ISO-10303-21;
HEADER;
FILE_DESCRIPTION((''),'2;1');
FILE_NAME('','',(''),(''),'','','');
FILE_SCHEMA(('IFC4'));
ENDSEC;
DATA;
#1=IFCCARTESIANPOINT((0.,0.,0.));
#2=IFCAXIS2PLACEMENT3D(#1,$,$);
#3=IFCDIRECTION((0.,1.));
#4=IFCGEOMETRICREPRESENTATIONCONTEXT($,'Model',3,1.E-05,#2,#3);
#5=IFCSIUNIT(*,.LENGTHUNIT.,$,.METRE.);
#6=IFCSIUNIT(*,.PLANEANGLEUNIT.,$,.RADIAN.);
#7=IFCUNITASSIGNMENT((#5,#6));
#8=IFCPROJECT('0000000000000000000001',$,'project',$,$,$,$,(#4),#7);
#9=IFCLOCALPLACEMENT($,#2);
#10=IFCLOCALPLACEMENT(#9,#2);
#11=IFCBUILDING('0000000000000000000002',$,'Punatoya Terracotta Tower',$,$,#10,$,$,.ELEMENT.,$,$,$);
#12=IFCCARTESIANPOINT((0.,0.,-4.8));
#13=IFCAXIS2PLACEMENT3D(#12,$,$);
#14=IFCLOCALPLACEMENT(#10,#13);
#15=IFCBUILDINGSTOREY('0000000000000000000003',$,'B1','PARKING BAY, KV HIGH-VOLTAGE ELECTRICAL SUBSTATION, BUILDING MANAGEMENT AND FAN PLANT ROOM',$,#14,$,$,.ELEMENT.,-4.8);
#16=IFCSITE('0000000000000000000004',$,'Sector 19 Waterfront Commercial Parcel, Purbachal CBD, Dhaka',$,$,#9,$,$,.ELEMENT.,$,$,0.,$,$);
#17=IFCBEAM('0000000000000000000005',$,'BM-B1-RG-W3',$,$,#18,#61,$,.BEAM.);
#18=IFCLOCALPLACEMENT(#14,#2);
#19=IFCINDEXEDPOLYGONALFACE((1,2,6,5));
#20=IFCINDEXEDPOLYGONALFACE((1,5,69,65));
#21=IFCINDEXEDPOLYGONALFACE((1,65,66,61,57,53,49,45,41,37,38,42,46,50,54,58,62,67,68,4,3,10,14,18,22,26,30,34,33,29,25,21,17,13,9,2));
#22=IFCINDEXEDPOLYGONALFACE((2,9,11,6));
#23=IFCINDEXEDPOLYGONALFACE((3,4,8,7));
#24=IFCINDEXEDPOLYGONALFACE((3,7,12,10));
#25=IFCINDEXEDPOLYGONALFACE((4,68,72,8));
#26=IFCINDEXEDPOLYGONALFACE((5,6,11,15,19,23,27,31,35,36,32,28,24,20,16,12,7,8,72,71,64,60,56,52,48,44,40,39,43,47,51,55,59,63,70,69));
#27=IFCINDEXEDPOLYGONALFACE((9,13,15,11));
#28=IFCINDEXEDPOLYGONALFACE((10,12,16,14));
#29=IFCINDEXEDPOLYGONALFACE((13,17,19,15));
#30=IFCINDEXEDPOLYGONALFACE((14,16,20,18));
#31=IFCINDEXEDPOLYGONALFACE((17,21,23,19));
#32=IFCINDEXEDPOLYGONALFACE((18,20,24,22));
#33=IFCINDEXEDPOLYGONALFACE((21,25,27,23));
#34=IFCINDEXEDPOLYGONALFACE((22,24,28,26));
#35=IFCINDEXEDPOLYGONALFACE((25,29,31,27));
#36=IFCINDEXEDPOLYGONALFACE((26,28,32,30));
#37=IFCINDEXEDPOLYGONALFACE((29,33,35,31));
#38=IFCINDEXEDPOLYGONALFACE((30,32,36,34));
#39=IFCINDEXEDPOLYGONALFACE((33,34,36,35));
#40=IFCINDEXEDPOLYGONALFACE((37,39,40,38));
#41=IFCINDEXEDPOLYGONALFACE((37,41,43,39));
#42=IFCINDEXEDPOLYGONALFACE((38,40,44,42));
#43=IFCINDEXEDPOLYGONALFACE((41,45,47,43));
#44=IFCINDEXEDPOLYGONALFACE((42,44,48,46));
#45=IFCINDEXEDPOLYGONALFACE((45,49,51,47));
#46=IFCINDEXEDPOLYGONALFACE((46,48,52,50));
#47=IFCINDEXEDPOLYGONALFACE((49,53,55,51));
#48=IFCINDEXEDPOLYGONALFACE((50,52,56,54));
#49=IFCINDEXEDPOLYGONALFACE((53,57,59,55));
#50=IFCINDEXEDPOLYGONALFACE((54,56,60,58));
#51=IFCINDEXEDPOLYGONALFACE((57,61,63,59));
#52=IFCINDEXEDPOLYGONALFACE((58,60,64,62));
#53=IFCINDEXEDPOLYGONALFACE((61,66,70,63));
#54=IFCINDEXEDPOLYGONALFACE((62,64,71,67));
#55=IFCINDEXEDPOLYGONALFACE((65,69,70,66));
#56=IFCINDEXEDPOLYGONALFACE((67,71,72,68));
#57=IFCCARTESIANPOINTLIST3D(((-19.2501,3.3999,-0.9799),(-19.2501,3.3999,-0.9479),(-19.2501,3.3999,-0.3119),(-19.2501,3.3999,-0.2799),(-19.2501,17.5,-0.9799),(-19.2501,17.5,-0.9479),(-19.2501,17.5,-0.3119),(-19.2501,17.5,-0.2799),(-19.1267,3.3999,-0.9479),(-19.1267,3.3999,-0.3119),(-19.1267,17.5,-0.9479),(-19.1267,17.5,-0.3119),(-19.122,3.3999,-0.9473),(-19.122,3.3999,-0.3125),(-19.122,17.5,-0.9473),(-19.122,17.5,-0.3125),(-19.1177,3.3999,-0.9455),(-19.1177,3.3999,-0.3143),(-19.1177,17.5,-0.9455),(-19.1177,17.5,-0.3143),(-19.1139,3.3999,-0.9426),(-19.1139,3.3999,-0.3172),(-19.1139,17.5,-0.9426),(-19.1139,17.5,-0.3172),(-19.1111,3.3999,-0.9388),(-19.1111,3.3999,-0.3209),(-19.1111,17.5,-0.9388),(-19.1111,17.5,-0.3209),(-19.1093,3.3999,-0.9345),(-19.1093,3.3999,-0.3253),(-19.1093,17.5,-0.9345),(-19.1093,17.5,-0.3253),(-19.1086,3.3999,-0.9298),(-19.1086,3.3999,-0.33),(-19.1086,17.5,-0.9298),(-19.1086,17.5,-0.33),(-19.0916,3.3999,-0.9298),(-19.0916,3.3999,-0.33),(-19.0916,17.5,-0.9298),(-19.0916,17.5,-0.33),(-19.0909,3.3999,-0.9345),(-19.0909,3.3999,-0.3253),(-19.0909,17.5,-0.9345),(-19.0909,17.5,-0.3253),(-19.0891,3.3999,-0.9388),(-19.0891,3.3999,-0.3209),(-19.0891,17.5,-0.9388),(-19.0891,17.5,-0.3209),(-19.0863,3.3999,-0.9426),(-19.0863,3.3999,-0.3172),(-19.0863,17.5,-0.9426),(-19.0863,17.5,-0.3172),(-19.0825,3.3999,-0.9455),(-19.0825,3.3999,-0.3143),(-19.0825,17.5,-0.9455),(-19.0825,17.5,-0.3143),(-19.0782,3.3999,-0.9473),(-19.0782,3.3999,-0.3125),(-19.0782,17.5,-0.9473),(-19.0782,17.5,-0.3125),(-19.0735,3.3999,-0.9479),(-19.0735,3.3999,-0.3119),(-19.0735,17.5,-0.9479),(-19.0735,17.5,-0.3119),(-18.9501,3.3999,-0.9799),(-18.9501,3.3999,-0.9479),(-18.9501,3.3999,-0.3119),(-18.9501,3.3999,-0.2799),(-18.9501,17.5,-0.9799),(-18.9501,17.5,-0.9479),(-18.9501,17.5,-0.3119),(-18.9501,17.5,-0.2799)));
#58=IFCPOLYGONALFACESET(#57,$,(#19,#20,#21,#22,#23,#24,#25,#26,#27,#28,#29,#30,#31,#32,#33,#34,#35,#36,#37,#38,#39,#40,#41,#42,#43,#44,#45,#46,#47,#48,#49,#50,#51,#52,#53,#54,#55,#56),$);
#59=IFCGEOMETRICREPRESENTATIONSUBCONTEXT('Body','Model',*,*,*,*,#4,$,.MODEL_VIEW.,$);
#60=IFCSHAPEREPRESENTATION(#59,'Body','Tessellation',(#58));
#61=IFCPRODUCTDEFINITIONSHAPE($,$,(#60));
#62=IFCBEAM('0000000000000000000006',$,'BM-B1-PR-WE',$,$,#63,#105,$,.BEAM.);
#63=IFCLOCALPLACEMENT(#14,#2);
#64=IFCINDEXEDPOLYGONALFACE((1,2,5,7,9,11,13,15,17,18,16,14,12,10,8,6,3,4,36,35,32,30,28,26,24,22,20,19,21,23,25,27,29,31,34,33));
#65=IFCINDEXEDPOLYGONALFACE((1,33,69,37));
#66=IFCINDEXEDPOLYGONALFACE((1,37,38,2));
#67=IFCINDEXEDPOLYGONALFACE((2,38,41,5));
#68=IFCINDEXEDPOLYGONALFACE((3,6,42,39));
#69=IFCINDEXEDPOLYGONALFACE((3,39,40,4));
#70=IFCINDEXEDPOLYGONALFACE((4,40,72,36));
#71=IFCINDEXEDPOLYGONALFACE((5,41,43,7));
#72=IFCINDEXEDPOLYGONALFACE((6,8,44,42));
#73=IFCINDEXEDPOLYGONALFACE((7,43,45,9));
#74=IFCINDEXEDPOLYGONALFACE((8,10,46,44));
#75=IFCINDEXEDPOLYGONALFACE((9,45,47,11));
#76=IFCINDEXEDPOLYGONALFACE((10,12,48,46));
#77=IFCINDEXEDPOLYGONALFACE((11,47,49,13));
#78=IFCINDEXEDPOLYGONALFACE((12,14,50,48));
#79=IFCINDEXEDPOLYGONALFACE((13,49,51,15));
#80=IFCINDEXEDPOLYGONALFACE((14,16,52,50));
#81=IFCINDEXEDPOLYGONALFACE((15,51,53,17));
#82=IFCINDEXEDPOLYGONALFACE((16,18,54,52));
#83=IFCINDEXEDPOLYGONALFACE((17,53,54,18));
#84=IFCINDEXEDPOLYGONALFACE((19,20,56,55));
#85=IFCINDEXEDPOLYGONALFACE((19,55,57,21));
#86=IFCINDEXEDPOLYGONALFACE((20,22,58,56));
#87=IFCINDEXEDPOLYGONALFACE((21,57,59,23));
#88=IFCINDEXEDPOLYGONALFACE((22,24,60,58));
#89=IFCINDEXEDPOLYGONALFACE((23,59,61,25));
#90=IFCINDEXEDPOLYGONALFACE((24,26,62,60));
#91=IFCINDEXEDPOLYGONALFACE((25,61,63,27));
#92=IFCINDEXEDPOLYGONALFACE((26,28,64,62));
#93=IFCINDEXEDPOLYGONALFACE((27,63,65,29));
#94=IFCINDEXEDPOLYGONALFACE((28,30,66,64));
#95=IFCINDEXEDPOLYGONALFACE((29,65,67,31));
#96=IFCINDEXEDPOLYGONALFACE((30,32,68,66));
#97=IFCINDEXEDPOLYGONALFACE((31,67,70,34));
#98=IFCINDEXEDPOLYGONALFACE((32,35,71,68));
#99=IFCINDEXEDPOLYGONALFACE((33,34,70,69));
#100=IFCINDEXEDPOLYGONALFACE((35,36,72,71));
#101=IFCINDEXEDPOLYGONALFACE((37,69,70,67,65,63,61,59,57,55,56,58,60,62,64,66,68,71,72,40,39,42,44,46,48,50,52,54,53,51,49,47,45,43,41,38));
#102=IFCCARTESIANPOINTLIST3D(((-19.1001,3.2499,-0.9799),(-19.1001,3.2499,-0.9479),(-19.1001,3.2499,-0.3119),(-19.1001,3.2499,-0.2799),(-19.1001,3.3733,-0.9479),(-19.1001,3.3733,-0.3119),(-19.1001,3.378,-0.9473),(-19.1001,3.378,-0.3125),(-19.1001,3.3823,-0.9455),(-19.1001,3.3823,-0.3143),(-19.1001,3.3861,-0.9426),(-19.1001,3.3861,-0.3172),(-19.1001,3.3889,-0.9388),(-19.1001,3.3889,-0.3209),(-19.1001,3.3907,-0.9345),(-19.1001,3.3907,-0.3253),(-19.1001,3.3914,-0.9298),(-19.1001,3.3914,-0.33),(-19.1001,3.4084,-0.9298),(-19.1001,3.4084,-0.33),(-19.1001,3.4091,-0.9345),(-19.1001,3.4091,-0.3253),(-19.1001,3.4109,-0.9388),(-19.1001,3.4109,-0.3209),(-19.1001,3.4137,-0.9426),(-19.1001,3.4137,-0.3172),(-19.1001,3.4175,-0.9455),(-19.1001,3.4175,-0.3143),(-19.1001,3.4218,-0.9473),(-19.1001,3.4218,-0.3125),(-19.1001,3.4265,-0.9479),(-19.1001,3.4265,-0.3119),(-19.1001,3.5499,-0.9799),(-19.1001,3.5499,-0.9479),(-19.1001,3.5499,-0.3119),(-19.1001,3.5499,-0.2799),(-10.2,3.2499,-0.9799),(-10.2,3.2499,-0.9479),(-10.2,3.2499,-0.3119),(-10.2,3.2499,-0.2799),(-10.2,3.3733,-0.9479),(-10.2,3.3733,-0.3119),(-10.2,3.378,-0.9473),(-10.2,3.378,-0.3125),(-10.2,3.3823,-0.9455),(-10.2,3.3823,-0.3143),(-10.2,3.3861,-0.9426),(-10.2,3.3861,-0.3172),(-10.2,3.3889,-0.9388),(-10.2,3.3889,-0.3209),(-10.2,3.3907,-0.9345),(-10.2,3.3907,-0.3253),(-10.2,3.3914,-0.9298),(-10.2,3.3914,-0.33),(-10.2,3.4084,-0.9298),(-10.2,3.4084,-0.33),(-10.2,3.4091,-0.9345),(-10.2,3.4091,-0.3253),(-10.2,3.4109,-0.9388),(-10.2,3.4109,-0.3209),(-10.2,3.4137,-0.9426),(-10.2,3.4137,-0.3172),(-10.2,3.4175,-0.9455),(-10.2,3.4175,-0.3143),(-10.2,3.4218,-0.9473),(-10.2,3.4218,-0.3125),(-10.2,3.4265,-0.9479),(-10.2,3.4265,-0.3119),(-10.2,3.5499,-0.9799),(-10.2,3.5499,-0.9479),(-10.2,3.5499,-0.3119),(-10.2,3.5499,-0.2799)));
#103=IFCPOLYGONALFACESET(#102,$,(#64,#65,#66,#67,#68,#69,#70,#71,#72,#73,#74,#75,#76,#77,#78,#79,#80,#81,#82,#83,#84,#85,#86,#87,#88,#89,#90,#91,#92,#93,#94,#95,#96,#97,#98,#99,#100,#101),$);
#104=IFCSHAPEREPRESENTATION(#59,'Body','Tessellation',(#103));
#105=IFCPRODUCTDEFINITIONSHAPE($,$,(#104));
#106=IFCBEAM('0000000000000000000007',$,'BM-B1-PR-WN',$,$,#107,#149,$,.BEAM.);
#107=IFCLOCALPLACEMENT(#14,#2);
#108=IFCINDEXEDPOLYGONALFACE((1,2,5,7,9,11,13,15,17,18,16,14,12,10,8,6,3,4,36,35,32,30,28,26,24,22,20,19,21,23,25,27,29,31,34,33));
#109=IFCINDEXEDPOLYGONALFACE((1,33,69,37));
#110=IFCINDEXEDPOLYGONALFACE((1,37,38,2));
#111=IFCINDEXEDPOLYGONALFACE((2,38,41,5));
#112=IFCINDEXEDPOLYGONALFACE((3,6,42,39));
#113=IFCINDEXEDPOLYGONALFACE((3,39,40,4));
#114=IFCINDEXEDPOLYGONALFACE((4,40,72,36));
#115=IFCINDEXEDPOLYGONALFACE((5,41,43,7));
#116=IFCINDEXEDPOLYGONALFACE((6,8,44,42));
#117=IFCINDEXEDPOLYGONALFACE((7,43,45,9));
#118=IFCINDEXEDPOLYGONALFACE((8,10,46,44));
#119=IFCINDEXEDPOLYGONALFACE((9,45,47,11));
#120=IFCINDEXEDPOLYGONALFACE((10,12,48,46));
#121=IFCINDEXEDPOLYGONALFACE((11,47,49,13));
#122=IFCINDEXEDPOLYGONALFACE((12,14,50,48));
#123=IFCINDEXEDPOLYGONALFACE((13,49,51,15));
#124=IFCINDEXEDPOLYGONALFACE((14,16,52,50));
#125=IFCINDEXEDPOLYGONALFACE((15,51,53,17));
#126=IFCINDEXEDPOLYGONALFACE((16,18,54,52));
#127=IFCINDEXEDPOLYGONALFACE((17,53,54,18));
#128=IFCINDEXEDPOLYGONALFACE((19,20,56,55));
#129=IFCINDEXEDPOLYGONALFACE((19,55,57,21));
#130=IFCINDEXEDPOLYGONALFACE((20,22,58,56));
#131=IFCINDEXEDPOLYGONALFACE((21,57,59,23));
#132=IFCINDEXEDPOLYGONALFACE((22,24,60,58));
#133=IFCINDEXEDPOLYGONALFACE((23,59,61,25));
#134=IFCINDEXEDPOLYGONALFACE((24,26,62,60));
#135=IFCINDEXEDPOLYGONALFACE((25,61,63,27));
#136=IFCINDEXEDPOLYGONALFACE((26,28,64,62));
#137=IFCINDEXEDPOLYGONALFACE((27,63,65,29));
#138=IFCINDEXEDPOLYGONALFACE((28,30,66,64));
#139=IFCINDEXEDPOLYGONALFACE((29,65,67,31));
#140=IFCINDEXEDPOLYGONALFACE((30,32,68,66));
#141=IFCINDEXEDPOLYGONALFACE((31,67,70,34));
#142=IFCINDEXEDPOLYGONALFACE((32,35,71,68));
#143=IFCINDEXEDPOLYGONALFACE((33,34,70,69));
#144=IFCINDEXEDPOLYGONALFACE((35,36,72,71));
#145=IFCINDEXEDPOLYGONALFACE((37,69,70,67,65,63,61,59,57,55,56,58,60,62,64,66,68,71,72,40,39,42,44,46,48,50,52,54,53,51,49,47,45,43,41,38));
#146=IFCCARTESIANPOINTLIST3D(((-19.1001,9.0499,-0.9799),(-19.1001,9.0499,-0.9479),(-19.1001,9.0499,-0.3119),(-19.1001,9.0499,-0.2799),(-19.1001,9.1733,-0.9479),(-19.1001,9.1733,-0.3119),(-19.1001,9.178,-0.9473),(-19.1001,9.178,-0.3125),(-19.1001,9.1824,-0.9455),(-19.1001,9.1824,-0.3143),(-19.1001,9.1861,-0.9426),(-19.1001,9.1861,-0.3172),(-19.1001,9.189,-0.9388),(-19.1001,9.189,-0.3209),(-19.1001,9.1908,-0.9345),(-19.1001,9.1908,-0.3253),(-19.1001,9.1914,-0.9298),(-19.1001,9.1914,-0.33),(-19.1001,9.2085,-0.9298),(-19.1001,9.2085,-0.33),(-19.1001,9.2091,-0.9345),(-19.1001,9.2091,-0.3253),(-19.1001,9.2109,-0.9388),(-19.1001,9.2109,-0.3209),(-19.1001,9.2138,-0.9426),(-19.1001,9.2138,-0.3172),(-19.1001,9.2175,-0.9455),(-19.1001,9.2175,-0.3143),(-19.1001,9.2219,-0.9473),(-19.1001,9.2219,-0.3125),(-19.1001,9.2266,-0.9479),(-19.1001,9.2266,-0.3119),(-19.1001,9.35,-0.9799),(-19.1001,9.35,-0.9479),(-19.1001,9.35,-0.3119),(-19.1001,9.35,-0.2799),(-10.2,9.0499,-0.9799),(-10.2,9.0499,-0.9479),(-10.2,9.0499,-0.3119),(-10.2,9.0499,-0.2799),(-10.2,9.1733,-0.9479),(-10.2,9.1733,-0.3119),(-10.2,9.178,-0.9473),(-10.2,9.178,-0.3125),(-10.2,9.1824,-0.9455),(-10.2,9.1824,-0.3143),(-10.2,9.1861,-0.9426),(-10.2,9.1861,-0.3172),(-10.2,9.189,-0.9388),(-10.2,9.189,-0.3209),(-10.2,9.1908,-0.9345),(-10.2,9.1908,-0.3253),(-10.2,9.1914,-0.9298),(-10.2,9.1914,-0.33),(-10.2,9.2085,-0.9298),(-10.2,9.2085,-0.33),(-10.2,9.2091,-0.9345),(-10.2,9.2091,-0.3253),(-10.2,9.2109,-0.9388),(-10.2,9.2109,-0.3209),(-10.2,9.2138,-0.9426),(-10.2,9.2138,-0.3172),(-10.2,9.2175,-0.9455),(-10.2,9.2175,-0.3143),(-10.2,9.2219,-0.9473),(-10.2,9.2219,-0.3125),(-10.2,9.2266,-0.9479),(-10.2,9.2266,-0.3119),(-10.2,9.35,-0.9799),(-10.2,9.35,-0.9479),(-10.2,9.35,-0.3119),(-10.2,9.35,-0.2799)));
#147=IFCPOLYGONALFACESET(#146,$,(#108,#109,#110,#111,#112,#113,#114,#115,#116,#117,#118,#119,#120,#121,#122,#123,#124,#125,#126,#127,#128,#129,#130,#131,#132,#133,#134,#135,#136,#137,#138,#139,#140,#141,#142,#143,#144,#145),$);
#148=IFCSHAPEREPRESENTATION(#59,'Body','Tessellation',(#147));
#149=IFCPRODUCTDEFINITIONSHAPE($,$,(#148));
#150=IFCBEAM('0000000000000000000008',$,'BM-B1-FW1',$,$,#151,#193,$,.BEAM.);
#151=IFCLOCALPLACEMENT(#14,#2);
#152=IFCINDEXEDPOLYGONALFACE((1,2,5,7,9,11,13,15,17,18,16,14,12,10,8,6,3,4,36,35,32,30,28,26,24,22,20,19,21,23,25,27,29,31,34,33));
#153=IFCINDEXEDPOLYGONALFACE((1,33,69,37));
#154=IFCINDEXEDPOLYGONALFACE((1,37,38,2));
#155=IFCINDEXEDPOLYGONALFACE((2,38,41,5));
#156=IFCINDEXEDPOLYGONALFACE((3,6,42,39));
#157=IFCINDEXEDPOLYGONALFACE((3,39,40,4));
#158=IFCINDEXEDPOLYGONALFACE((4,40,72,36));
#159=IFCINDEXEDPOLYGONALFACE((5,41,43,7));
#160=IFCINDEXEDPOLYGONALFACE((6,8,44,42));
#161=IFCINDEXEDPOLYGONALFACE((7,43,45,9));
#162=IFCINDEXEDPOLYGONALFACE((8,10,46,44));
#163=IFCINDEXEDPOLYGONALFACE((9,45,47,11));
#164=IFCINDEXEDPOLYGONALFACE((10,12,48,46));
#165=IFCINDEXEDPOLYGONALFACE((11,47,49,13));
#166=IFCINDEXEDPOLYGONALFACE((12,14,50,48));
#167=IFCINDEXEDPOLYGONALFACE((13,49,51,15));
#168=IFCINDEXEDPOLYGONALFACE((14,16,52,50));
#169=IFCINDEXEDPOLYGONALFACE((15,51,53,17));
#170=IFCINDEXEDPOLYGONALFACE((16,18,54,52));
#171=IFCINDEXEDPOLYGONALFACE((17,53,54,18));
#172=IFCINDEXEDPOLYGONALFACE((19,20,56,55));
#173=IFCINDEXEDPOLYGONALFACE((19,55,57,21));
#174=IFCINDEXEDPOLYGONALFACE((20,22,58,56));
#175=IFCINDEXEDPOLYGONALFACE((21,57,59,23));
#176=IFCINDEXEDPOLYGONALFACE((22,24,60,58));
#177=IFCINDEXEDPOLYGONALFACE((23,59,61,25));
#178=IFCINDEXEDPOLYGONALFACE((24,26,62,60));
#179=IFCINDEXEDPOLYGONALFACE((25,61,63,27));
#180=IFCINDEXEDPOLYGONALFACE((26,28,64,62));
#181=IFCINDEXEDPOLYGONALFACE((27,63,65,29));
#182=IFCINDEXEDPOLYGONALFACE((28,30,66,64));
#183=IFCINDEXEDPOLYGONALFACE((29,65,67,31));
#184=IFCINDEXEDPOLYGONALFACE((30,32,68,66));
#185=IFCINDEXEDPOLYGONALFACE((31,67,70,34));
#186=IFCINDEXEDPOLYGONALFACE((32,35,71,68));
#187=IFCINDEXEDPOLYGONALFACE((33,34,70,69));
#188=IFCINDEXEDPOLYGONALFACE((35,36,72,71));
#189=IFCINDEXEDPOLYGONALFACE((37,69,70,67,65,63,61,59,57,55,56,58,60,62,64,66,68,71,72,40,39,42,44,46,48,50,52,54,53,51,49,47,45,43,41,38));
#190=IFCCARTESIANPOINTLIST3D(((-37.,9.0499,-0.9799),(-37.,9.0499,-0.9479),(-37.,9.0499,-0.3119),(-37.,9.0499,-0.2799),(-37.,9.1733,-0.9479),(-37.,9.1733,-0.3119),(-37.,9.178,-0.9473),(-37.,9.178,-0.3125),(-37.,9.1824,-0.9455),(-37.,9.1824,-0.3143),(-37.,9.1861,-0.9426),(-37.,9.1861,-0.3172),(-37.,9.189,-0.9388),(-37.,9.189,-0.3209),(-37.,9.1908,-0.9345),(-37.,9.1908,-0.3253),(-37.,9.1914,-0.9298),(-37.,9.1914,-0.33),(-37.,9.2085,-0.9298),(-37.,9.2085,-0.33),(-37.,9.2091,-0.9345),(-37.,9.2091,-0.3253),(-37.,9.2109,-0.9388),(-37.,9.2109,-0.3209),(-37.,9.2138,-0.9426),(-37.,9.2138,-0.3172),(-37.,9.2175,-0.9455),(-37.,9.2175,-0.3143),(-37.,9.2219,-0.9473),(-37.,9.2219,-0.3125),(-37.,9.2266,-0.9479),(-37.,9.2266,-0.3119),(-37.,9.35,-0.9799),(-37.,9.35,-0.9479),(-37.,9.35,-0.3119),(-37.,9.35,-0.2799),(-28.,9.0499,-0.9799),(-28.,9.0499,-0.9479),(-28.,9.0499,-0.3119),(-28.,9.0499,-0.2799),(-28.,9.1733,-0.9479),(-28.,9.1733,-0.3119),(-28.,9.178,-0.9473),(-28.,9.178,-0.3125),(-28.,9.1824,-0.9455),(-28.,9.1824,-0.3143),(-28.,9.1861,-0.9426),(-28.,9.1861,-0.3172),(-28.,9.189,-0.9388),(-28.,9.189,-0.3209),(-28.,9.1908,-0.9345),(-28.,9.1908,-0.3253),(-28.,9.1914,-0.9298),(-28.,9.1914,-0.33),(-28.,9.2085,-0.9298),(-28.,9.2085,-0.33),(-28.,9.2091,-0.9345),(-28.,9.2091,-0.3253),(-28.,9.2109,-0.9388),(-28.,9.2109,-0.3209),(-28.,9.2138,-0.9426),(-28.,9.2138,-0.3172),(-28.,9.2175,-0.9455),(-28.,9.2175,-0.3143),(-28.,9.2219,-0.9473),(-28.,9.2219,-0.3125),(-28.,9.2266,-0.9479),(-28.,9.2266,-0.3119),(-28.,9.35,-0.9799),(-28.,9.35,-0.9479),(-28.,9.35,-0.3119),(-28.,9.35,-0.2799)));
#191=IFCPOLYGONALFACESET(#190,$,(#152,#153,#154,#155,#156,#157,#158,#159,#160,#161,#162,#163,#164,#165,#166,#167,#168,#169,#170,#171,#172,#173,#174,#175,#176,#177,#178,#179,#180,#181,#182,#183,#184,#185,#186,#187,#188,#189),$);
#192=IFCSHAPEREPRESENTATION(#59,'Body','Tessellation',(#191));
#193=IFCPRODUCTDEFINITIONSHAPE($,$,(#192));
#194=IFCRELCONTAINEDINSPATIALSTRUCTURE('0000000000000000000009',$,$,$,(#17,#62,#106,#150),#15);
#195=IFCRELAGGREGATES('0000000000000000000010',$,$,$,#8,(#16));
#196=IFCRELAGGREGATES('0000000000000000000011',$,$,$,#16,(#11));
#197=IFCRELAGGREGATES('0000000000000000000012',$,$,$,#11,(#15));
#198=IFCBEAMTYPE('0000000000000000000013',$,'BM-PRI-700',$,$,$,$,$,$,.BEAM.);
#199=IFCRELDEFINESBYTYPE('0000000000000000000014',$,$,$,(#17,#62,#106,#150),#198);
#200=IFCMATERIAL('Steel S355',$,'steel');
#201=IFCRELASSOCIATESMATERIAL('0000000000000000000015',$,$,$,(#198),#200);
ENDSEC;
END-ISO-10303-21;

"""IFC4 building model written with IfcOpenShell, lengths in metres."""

from ifc_helpers import new_model, si_unit, direction, frame, origin, origin_2d, place, context, subcontext, project, spatial, i_section, extrude, material, material_profile, profile_set, type_object, element, save


model = new_model("IFC4")

# Units and contexts
model_context = context("Model", 3, precision=1e-05, world=origin(), true_north=direction((0.0, 1.0)))
body_context = subcontext(model_context, "Body", "Model", "MODEL_VIEW")
ifc_project = project(units=[si_unit("LENGTHUNIT", "METRE"), si_unit("PLANEANGLEUNIT", "RADIAN")], contexts=[model_context])

# Site, building, storey
site_placement = place(None, origin())
site = spatial("IfcSite", under=ifc_project, at=site_placement, Name="Sector 19 Waterfront Commercial Parcel, Purbachal CBD, Dhaka", CompositionType="ELEMENT", RefElevation=0.0)
building_placement = place(site_placement, origin())
building = spatial("IfcBuilding", under=site, at=building_placement, Name="Punatoya Terracotta Tower", CompositionType="ELEMENT")
storey_placement = place(building_placement, frame((0.0, 0.0, -4.8)))
storey = spatial("IfcBuildingStorey", under=building, at=storey_placement, Name="B1", Description="PARKING BAY, KV HIGH-VOLTAGE ELECTRICAL SUBSTATION, BUILDING MANAGEMENT AND FAN PLANT ROOM", CompositionType="ELEMENT", Elevation=-4.8)

# Beams
ifc_material_1 = material(Name="Steel S355", Category="steel")
ifc_material_profile_1 = material_profile(ifc_material_1, i_section(OverallWidth=0.3, OverallDepth=0.7, WebThickness=0.0171, FlangeThickness=0.032, FilletRadius=0.0181, at=origin_2d()))
ifc_profile_set_1 = profile_set([ifc_material_profile_1], Name="Steel S355")
beam_type_1 = type_object("IfcBeamType", Name="BM-PRI-700", PredefinedType="BEAM", material=ifc_profile_set_1)
beam_1_placement = place(storey_placement, frame((-19.1001, 3.3999, -0.6299), z_axis=(0.0, 1.0, 0.0), x_axis=(-1.0, 0.0, 0.0)))
element("IfcBeam", 1, at=beam_1_placement, inside=storey, type_object=beam_type_1, Name="BM-B1-RG-W3", PredefinedType="BEAM", context=body_context, shape_type="SweptSolid", body=[
    extrude(i_section(OverallWidth=0.3, OverallDepth=0.7, WebThickness=0.0171, FlangeThickness=0.032, FilletRadius=0.0181, at=origin_2d()), origin(), (0.0, 0.0, 1.0), 14.1001),
])
for number, where, z_axis, x_axis, name in (
    (2, (-19.1001, 3.3999, -0.6299), (1.0, 0.0, 0.0), (0.0, 1.0, 0.0), "BM-B1-PR-WE"),
    (3, (-19.1001, 9.2, -0.6299), (1.0, 0.0, 0.0), (0.0, 1.0, 0.0), "BM-B1-PR-WN"),
):
    element("IfcBeam", number, at=place(storey_placement, frame(where, z_axis=z_axis, x_axis=x_axis)), inside=storey, type_object=beam_type_1, Name=name, PredefinedType="BEAM", context=body_context, shape_type="SweptSolid", body=[
        extrude(i_section(OverallWidth=0.3, OverallDepth=0.7, WebThickness=0.0171, FlangeThickness=0.032, FilletRadius=0.0181, at=origin_2d()), origin(), (0.0, 0.0, 1.0), 8.9001),
    ])
beam_2_placement = place(storey_placement, frame((-37.0, 9.2, -0.6299), z_axis=(1.0, 0.0, 0.0), x_axis=(0.0, 1.0, 0.0)))
element("IfcBeam", 4, at=beam_2_placement, inside=storey, type_object=beam_type_1, Name="BM-B1-FW1", PredefinedType="BEAM", context=body_context, shape_type="SweptSolid", body=[
    extrude(i_section(OverallWidth=0.3, OverallDepth=0.7, WebThickness=0.0171, FlangeThickness=0.032, FilletRadius=0.0181, at=origin_2d()), origin(), (0.0, 0.0, 1.0), 9.0),
])

save(model, "model.ifc")
